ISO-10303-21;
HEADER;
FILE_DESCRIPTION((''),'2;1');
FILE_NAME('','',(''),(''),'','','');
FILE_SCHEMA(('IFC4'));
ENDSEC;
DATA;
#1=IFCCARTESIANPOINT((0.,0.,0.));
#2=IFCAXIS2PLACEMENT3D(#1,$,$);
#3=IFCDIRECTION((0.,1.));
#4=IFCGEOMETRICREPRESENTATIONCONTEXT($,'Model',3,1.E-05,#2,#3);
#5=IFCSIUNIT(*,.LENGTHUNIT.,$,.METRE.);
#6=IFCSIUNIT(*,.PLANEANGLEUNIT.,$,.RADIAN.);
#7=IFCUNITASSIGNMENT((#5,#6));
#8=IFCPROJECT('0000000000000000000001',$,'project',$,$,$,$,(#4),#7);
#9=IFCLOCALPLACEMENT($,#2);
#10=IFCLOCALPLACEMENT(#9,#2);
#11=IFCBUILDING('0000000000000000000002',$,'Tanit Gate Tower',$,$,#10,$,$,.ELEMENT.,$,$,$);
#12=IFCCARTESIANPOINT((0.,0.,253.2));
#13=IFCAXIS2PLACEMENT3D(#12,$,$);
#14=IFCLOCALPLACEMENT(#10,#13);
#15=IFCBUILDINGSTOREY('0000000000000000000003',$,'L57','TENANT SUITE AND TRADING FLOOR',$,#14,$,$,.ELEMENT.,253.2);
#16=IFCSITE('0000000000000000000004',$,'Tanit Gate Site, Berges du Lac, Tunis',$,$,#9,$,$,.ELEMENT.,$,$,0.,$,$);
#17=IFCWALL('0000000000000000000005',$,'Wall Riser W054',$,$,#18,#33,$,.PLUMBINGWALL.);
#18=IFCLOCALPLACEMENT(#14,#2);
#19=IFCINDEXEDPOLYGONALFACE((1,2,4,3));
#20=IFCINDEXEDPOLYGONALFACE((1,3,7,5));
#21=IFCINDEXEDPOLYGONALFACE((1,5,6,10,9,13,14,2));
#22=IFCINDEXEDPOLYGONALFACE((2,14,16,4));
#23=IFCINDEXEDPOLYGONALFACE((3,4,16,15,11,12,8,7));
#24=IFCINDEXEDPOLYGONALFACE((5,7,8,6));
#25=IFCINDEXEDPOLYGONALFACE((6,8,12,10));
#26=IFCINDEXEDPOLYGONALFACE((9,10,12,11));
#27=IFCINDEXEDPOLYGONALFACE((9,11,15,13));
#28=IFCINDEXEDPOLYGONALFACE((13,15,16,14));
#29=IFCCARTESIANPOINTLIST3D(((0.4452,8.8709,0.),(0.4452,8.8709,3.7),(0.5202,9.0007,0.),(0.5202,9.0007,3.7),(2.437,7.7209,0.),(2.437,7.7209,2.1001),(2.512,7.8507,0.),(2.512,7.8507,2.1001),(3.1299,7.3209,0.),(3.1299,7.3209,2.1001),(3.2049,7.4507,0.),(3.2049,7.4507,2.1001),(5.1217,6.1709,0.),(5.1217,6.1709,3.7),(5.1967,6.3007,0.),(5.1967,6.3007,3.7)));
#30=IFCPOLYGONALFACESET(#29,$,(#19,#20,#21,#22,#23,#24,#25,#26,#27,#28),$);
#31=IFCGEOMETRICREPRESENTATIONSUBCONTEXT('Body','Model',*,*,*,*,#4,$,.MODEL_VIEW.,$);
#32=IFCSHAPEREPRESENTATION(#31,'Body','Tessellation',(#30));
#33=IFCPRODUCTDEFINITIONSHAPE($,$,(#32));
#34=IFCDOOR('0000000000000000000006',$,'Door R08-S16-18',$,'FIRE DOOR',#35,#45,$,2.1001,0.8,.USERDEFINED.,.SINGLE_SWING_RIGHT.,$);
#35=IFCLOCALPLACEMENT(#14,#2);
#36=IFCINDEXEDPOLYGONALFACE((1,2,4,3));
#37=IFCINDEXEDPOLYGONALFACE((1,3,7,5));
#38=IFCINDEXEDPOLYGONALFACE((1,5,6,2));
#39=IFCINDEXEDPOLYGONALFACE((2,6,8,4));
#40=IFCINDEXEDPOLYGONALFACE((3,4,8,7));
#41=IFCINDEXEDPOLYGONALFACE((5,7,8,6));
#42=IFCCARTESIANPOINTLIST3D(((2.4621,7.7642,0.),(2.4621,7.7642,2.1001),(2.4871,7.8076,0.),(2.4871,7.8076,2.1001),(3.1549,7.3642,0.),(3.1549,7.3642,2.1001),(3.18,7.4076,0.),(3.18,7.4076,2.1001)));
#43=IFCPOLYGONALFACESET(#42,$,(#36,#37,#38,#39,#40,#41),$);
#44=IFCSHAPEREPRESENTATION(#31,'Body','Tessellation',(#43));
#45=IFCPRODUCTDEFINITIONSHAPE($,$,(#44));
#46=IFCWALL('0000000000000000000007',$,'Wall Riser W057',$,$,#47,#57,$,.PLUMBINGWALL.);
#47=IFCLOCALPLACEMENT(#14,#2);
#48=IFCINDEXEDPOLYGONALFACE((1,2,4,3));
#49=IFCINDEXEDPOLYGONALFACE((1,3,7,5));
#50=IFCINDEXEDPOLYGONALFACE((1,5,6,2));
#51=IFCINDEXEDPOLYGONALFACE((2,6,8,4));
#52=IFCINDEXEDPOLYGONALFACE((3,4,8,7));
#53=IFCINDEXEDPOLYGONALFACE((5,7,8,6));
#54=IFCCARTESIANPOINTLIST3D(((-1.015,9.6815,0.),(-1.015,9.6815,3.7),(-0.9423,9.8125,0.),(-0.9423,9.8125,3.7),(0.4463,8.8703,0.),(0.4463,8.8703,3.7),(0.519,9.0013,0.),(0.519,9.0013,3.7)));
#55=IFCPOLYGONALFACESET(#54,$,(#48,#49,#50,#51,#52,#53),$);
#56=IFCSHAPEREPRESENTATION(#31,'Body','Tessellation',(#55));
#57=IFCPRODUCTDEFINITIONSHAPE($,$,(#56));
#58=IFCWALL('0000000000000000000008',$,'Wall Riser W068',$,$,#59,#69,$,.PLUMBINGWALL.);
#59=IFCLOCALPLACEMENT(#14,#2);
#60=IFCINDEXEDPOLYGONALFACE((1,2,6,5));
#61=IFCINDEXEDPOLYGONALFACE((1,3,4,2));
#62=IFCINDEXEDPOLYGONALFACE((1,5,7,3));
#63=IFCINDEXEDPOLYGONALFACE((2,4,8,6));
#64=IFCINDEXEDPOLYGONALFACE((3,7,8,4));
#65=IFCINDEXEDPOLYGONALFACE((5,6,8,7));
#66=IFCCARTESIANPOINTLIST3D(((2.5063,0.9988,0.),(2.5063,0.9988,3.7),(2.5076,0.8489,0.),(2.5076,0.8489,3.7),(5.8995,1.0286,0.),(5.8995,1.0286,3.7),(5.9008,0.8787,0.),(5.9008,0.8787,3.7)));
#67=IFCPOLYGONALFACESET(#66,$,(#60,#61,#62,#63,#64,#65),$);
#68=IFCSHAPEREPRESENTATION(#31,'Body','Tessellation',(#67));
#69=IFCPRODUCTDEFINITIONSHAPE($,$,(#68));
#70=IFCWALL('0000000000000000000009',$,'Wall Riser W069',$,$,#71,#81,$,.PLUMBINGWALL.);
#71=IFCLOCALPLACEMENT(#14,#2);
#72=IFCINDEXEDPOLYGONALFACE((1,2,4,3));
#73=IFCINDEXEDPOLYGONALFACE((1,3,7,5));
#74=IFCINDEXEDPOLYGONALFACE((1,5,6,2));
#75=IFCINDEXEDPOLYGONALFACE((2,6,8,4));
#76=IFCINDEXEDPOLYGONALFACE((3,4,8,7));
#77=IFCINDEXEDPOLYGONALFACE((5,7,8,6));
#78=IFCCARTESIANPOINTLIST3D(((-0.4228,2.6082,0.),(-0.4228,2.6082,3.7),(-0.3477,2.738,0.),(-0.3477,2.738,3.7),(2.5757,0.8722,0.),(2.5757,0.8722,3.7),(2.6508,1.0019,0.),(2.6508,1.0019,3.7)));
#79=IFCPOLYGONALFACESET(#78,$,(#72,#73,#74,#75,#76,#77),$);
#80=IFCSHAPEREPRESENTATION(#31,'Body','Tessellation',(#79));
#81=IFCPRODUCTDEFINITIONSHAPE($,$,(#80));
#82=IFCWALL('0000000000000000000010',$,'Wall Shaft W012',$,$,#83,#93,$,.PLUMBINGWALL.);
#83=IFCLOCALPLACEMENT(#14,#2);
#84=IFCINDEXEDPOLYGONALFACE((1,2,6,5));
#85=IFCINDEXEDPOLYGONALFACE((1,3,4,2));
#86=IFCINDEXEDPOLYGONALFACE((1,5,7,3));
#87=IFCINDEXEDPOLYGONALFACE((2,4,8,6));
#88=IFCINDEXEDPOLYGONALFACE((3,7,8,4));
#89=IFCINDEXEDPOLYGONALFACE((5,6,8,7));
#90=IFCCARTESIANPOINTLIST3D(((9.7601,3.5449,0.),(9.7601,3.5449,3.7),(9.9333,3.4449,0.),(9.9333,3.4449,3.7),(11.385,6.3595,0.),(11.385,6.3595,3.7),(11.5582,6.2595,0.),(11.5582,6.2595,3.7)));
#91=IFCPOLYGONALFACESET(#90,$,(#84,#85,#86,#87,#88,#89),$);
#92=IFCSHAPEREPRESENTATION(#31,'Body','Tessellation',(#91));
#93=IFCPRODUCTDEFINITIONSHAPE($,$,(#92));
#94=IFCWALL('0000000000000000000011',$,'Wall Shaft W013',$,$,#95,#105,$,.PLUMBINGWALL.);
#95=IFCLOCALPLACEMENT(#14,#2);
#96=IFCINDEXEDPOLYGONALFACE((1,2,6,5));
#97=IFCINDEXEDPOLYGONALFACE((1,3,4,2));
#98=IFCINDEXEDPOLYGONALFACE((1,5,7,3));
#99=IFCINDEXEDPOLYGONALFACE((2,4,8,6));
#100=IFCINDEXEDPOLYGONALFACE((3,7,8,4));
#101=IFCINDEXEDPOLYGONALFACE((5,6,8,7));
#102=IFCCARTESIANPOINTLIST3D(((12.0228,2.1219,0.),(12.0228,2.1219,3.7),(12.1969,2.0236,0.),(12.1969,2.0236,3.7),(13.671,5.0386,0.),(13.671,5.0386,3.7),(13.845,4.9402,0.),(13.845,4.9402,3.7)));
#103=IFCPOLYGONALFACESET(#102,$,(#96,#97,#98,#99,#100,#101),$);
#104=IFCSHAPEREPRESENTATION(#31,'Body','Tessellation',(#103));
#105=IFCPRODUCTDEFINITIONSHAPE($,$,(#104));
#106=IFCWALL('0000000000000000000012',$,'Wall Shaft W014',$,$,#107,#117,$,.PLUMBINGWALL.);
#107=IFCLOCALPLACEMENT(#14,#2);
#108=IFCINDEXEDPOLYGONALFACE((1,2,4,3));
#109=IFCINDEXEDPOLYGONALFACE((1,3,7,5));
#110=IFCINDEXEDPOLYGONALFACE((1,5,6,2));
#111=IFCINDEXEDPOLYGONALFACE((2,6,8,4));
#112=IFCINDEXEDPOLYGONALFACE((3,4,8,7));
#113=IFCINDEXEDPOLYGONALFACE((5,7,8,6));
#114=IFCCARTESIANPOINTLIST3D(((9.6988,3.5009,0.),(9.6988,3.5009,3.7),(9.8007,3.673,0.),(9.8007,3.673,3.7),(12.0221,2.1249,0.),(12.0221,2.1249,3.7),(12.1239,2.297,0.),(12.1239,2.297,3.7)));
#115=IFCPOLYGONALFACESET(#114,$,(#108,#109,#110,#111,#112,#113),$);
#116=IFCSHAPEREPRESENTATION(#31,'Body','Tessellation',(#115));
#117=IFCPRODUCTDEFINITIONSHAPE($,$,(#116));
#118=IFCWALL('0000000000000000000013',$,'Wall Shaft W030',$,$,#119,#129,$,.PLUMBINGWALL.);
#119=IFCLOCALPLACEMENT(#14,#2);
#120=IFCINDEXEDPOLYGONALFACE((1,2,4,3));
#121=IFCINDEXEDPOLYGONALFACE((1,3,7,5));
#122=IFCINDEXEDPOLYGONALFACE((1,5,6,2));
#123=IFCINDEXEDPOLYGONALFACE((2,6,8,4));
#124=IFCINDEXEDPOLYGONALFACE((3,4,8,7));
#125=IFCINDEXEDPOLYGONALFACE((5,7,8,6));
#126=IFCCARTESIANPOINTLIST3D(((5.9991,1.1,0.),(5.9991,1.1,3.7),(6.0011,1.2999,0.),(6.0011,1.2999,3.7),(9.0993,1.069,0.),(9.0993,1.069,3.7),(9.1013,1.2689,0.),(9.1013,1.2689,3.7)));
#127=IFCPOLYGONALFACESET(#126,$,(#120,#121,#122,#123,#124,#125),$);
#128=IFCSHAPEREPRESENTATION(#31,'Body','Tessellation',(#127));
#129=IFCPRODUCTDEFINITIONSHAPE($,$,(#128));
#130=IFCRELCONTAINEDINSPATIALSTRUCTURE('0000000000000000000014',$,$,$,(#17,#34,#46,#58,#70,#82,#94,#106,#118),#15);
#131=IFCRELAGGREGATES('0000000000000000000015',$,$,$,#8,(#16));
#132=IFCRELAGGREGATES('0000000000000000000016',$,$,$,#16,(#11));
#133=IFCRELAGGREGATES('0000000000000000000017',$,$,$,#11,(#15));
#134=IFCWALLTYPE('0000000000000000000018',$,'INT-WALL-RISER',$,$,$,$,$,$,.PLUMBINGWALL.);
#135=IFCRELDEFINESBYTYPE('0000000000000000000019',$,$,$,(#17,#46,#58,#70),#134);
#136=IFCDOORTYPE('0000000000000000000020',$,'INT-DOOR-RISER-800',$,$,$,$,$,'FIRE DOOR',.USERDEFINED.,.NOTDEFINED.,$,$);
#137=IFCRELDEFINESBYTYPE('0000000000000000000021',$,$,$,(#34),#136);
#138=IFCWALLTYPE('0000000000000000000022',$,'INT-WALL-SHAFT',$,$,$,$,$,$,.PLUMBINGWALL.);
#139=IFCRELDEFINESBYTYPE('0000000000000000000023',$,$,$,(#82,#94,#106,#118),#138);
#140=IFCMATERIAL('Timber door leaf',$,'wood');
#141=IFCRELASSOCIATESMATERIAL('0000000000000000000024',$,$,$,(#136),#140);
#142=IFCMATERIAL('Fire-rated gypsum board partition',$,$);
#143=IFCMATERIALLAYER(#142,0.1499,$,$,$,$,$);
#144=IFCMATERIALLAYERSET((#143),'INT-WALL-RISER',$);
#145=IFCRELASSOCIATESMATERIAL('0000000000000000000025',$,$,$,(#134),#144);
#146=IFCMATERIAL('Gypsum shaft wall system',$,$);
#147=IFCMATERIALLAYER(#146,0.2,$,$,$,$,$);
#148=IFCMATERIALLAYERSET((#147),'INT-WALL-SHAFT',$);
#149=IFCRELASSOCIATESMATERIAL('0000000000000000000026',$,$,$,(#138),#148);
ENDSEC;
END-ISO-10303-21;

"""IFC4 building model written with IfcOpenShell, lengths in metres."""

from ifc_helpers import new_model, si_unit, direction, frame, frame_2d, origin, place, context, subcontext, project, spatial, rectangle, extrude, material, layer, layer_set, type_object, element, fill, save


model = new_model("IFC4")

# Units and contexts
model_context = context("Model", 3, precision=1e-05, world=origin(), true_north=direction((0.0, 1.0)))
body_context = subcontext(model_context, "Body", "Model", "MODEL_VIEW")
ifc_project = project(units=[si_unit("LENGTHUNIT", "METRE"), si_unit("PLANEANGLEUNIT", "RADIAN")], contexts=[model_context])

# Site, building, storey
site_placement = place(None, origin())
site = spatial("IfcSite", under=ifc_project, at=site_placement, Name="Tanit Gate Site, Berges du Lac, Tunis", CompositionType="ELEMENT", RefElevation=0.0)
building_placement = place(site_placement, origin())
building = spatial("IfcBuilding", under=site, at=building_placement, Name="Tanit Gate Tower", CompositionType="ELEMENT")
storey_placement = place(building_placement, frame((0.0, 0.0, 253.2)))
storey = spatial("IfcBuildingStorey", under=building, at=storey_placement, Name="L57", Description="TENANT SUITE AND TRADING FLOOR", CompositionType="ELEMENT", Elevation=253.2)

# Shared definitions
ifc_material_1 = material(Name="Timber door leaf", Category="wood")
door_type_1 = type_object("IfcDoorType", Name="INT-DOOR-RISER-800", ElementType="FIRE DOOR", OperationType="NOTDEFINED", PredefinedType="USERDEFINED", material=ifc_material_1)

# Shared definitions
ifc_material_2 = material(Name="Fire-rated gypsum board partition")
ifc_layer_1 = layer(ifc_material_2, 0.1499)
ifc_layer_set_1 = layer_set([ifc_layer_1], Name="INT-WALL-RISER")
wall_type_1 = type_object("IfcWallType", Name="INT-WALL-RISER", PredefinedType="PLUMBINGWALL", material=ifc_layer_set_1)

# Wall, opening, door
wall_1_placement = place(storey_placement, frame((5.1592, 6.2358, 0.0), z_axis=(0.0, 0.0, 1.0), x_axis=(-0.866028, 0.499995, 0.0)))
wall_1 = element("IfcWall", 1, at=wall_1_placement, inside=storey, type_object=wall_type_1, Name="Wall Riser W054", PredefinedType="PLUMBINGWALL", context=body_context, shape_type="SweptSolid", body=[
    extrude(rectangle(XDim=5.3999, YDim=0.1499, at=frame_2d((2.7, 0.0))), origin(), (0.0, 0.0, 1.0), 3.7),
])
opening_1_placement = place(wall_1_placement, frame((2.3, 0.0, 0.0)))
opening_1 = element("IfcOpeningElement", 2, at=opening_1_placement, cuts=wall_1, PredefinedType="OPENING", context=body_context, shape_type="SweptSolid", body=[
    extrude(rectangle(XDim=0.8, YDim=2.1001, at=frame_2d((0.3999, 1.05))), frame((0.0, 0.085, 0.0), z_axis=(0.0, -1.0, 0.0), x_axis=(1.0, 0.0, 0.0)), (0.0, 0.0, 1.0), 0.1699),
])
door_1_placement = place(opening_1_placement, origin())
door_1 = element("IfcDoor", 3, at=door_1_placement, inside=storey, type_object=door_type_1, Name="Door R08-S16-18", ObjectType="FIRE DOOR", OperationType="SINGLE_SWING_RIGHT", OverallHeight=2.1001, OverallWidth=0.8, PredefinedType="USERDEFINED", context=body_context, shape_type="SweptSolid", body=[
    extrude(rectangle(XDim=0.8, YDim=2.1001, at=frame_2d((0.3999, 1.05))), frame((0.0, 0.0249, 0.0), z_axis=(0.0, -1.0, 0.0), x_axis=(1.0, 0.0, 0.0)), (0.0, 0.0, 1.0), 0.05),
])
fill(opening_1, door_1)

# Walls
wall_2_placement = place(storey_placement, frame((0.4827, 8.9358, 0.0), z_axis=(0.0, 0.0, 1.0), x_axis=(-0.874316, 0.485358, 0.0)))
element("IfcWall", 4, at=wall_2_placement, inside=storey, type_object=wall_type_1, Name="Wall Riser W057", PredefinedType="PLUMBINGWALL", context=body_context, shape_type="SweptSolid", body=[
    extrude(rectangle(XDim=1.6714, YDim=0.1499, at=frame_2d((0.8357, 0.0))), origin(), (0.0, 0.0, 1.0), 3.7),
])
wall_3_placement = place(storey_placement, frame((2.5068, 0.9238, 0.0), z_axis=(0.0, 0.0, 1.0), x_axis=(0.999961, 0.008778, 0.0)))
element("IfcWall", 5, at=wall_3_placement, inside=storey, type_object=wall_type_1, Name="Wall Riser W068", PredefinedType="PLUMBINGWALL", context=body_context, shape_type="SweptSolid", body=[
    extrude(rectangle(XDim=3.3933, YDim=0.1499, at=frame_2d((1.6968, 0.0))), origin(), (0.0, 0.0, 1.0), 3.7),
])
wall_4_placement = place(storey_placement, frame((-0.3853, 2.6731, 0.0), z_axis=(0.0, 0.0, 1.0), x_axis=(0.865415, -0.501056, 0.0)))
element("IfcWall", 6, at=wall_4_placement, inside=storey, type_object=wall_type_1, Name="Wall Riser W069", PredefinedType="PLUMBINGWALL", context=body_context, shape_type="SweptSolid", body=[
    extrude(rectangle(XDim=3.4648, YDim=0.1499, at=frame_2d((1.7324, 0.0))), origin(), (0.0, 0.0, 1.0), 3.7),
])
ifc_material_3 = material(Name="Gypsum shaft wall system")
ifc_layer_2 = layer(ifc_material_3, 0.2)
ifc_layer_set_2 = layer_set([ifc_layer_2], Name="INT-WALL-SHAFT")
wall_type_2 = type_object("IfcWallType", Name="INT-WALL-SHAFT", PredefinedType="PLUMBINGWALL", material=ifc_layer_set_2)
wall_5_placement = place(storey_placement, frame((9.8467, 3.4949, 0.0), z_axis=(0.0, 0.0, 1.0), x_axis=(0.499985, 0.866034, 0.0)))
element("IfcWall", 7, at=wall_5_placement, inside=storey, type_object=wall_type_2, Name="Wall Shaft W012", PredefinedType="PLUMBINGWALL", context=body_context, shape_type="SweptSolid", body=[
    extrude(rectangle(XDim=3.25, YDim=0.2, at=frame_2d((1.625, 0.0))), origin(), (0.0, 0.0, 1.0), 3.7),
])
wall_6_placement = place(storey_placement, frame((12.1099, 2.0728, 0.0), z_axis=(0.0, 0.0, 1.0), x_axis=(0.491966, 0.870614, 0.0)))
element("IfcWall", 8, at=wall_6_placement, inside=storey, type_object=wall_type_2, Name="Wall Shaft W013", PredefinedType="PLUMBINGWALL", context=body_context, shape_type="SweptSolid", body=[
    extrude(rectangle(XDim=3.3501, YDim=0.2, at=frame_2d((1.675, 0.0))), origin(), (0.0, 0.0, 1.0), 3.7),
])
wall_7_placement = place(storey_placement, frame((12.073, 2.2109, 0.0), z_axis=(0.0, 0.0, 1.0), x_axis=(-0.860415, 0.509594, 0.0)))
element("IfcWall", 9, at=wall_7_placement, inside=storey, type_object=wall_type_2, Name="Wall Shaft W014", PredefinedType="PLUMBINGWALL", context=body_context, shape_type="SweptSolid", body=[
    extrude(rectangle(XDim=2.7002, YDim=0.2, at=frame_2d((1.3501, 0.0))), origin(), (0.0, 0.0, 1.0), 3.7),
])

# Wall
wall_8_placement = place(storey_placement, frame((6.0, 1.2, 0.0), z_axis=(0.0, 0.0, 1.0), x_axis=(0.99995, -0.010001, 0.0)))
element("IfcWall", 10, at=wall_8_placement, inside=storey, type_object=wall_type_2, Name="Wall Shaft W030", PredefinedType="PLUMBINGWALL", context=body_context, shape_type="SweptSolid", body=[
    extrude(rectangle(XDim=3.1003, YDim=0.2, at=frame_2d((1.5503, 0.0))), origin(), (0.0, 0.0, 1.0), 3.7),
])

save(model, "model.ifc")
